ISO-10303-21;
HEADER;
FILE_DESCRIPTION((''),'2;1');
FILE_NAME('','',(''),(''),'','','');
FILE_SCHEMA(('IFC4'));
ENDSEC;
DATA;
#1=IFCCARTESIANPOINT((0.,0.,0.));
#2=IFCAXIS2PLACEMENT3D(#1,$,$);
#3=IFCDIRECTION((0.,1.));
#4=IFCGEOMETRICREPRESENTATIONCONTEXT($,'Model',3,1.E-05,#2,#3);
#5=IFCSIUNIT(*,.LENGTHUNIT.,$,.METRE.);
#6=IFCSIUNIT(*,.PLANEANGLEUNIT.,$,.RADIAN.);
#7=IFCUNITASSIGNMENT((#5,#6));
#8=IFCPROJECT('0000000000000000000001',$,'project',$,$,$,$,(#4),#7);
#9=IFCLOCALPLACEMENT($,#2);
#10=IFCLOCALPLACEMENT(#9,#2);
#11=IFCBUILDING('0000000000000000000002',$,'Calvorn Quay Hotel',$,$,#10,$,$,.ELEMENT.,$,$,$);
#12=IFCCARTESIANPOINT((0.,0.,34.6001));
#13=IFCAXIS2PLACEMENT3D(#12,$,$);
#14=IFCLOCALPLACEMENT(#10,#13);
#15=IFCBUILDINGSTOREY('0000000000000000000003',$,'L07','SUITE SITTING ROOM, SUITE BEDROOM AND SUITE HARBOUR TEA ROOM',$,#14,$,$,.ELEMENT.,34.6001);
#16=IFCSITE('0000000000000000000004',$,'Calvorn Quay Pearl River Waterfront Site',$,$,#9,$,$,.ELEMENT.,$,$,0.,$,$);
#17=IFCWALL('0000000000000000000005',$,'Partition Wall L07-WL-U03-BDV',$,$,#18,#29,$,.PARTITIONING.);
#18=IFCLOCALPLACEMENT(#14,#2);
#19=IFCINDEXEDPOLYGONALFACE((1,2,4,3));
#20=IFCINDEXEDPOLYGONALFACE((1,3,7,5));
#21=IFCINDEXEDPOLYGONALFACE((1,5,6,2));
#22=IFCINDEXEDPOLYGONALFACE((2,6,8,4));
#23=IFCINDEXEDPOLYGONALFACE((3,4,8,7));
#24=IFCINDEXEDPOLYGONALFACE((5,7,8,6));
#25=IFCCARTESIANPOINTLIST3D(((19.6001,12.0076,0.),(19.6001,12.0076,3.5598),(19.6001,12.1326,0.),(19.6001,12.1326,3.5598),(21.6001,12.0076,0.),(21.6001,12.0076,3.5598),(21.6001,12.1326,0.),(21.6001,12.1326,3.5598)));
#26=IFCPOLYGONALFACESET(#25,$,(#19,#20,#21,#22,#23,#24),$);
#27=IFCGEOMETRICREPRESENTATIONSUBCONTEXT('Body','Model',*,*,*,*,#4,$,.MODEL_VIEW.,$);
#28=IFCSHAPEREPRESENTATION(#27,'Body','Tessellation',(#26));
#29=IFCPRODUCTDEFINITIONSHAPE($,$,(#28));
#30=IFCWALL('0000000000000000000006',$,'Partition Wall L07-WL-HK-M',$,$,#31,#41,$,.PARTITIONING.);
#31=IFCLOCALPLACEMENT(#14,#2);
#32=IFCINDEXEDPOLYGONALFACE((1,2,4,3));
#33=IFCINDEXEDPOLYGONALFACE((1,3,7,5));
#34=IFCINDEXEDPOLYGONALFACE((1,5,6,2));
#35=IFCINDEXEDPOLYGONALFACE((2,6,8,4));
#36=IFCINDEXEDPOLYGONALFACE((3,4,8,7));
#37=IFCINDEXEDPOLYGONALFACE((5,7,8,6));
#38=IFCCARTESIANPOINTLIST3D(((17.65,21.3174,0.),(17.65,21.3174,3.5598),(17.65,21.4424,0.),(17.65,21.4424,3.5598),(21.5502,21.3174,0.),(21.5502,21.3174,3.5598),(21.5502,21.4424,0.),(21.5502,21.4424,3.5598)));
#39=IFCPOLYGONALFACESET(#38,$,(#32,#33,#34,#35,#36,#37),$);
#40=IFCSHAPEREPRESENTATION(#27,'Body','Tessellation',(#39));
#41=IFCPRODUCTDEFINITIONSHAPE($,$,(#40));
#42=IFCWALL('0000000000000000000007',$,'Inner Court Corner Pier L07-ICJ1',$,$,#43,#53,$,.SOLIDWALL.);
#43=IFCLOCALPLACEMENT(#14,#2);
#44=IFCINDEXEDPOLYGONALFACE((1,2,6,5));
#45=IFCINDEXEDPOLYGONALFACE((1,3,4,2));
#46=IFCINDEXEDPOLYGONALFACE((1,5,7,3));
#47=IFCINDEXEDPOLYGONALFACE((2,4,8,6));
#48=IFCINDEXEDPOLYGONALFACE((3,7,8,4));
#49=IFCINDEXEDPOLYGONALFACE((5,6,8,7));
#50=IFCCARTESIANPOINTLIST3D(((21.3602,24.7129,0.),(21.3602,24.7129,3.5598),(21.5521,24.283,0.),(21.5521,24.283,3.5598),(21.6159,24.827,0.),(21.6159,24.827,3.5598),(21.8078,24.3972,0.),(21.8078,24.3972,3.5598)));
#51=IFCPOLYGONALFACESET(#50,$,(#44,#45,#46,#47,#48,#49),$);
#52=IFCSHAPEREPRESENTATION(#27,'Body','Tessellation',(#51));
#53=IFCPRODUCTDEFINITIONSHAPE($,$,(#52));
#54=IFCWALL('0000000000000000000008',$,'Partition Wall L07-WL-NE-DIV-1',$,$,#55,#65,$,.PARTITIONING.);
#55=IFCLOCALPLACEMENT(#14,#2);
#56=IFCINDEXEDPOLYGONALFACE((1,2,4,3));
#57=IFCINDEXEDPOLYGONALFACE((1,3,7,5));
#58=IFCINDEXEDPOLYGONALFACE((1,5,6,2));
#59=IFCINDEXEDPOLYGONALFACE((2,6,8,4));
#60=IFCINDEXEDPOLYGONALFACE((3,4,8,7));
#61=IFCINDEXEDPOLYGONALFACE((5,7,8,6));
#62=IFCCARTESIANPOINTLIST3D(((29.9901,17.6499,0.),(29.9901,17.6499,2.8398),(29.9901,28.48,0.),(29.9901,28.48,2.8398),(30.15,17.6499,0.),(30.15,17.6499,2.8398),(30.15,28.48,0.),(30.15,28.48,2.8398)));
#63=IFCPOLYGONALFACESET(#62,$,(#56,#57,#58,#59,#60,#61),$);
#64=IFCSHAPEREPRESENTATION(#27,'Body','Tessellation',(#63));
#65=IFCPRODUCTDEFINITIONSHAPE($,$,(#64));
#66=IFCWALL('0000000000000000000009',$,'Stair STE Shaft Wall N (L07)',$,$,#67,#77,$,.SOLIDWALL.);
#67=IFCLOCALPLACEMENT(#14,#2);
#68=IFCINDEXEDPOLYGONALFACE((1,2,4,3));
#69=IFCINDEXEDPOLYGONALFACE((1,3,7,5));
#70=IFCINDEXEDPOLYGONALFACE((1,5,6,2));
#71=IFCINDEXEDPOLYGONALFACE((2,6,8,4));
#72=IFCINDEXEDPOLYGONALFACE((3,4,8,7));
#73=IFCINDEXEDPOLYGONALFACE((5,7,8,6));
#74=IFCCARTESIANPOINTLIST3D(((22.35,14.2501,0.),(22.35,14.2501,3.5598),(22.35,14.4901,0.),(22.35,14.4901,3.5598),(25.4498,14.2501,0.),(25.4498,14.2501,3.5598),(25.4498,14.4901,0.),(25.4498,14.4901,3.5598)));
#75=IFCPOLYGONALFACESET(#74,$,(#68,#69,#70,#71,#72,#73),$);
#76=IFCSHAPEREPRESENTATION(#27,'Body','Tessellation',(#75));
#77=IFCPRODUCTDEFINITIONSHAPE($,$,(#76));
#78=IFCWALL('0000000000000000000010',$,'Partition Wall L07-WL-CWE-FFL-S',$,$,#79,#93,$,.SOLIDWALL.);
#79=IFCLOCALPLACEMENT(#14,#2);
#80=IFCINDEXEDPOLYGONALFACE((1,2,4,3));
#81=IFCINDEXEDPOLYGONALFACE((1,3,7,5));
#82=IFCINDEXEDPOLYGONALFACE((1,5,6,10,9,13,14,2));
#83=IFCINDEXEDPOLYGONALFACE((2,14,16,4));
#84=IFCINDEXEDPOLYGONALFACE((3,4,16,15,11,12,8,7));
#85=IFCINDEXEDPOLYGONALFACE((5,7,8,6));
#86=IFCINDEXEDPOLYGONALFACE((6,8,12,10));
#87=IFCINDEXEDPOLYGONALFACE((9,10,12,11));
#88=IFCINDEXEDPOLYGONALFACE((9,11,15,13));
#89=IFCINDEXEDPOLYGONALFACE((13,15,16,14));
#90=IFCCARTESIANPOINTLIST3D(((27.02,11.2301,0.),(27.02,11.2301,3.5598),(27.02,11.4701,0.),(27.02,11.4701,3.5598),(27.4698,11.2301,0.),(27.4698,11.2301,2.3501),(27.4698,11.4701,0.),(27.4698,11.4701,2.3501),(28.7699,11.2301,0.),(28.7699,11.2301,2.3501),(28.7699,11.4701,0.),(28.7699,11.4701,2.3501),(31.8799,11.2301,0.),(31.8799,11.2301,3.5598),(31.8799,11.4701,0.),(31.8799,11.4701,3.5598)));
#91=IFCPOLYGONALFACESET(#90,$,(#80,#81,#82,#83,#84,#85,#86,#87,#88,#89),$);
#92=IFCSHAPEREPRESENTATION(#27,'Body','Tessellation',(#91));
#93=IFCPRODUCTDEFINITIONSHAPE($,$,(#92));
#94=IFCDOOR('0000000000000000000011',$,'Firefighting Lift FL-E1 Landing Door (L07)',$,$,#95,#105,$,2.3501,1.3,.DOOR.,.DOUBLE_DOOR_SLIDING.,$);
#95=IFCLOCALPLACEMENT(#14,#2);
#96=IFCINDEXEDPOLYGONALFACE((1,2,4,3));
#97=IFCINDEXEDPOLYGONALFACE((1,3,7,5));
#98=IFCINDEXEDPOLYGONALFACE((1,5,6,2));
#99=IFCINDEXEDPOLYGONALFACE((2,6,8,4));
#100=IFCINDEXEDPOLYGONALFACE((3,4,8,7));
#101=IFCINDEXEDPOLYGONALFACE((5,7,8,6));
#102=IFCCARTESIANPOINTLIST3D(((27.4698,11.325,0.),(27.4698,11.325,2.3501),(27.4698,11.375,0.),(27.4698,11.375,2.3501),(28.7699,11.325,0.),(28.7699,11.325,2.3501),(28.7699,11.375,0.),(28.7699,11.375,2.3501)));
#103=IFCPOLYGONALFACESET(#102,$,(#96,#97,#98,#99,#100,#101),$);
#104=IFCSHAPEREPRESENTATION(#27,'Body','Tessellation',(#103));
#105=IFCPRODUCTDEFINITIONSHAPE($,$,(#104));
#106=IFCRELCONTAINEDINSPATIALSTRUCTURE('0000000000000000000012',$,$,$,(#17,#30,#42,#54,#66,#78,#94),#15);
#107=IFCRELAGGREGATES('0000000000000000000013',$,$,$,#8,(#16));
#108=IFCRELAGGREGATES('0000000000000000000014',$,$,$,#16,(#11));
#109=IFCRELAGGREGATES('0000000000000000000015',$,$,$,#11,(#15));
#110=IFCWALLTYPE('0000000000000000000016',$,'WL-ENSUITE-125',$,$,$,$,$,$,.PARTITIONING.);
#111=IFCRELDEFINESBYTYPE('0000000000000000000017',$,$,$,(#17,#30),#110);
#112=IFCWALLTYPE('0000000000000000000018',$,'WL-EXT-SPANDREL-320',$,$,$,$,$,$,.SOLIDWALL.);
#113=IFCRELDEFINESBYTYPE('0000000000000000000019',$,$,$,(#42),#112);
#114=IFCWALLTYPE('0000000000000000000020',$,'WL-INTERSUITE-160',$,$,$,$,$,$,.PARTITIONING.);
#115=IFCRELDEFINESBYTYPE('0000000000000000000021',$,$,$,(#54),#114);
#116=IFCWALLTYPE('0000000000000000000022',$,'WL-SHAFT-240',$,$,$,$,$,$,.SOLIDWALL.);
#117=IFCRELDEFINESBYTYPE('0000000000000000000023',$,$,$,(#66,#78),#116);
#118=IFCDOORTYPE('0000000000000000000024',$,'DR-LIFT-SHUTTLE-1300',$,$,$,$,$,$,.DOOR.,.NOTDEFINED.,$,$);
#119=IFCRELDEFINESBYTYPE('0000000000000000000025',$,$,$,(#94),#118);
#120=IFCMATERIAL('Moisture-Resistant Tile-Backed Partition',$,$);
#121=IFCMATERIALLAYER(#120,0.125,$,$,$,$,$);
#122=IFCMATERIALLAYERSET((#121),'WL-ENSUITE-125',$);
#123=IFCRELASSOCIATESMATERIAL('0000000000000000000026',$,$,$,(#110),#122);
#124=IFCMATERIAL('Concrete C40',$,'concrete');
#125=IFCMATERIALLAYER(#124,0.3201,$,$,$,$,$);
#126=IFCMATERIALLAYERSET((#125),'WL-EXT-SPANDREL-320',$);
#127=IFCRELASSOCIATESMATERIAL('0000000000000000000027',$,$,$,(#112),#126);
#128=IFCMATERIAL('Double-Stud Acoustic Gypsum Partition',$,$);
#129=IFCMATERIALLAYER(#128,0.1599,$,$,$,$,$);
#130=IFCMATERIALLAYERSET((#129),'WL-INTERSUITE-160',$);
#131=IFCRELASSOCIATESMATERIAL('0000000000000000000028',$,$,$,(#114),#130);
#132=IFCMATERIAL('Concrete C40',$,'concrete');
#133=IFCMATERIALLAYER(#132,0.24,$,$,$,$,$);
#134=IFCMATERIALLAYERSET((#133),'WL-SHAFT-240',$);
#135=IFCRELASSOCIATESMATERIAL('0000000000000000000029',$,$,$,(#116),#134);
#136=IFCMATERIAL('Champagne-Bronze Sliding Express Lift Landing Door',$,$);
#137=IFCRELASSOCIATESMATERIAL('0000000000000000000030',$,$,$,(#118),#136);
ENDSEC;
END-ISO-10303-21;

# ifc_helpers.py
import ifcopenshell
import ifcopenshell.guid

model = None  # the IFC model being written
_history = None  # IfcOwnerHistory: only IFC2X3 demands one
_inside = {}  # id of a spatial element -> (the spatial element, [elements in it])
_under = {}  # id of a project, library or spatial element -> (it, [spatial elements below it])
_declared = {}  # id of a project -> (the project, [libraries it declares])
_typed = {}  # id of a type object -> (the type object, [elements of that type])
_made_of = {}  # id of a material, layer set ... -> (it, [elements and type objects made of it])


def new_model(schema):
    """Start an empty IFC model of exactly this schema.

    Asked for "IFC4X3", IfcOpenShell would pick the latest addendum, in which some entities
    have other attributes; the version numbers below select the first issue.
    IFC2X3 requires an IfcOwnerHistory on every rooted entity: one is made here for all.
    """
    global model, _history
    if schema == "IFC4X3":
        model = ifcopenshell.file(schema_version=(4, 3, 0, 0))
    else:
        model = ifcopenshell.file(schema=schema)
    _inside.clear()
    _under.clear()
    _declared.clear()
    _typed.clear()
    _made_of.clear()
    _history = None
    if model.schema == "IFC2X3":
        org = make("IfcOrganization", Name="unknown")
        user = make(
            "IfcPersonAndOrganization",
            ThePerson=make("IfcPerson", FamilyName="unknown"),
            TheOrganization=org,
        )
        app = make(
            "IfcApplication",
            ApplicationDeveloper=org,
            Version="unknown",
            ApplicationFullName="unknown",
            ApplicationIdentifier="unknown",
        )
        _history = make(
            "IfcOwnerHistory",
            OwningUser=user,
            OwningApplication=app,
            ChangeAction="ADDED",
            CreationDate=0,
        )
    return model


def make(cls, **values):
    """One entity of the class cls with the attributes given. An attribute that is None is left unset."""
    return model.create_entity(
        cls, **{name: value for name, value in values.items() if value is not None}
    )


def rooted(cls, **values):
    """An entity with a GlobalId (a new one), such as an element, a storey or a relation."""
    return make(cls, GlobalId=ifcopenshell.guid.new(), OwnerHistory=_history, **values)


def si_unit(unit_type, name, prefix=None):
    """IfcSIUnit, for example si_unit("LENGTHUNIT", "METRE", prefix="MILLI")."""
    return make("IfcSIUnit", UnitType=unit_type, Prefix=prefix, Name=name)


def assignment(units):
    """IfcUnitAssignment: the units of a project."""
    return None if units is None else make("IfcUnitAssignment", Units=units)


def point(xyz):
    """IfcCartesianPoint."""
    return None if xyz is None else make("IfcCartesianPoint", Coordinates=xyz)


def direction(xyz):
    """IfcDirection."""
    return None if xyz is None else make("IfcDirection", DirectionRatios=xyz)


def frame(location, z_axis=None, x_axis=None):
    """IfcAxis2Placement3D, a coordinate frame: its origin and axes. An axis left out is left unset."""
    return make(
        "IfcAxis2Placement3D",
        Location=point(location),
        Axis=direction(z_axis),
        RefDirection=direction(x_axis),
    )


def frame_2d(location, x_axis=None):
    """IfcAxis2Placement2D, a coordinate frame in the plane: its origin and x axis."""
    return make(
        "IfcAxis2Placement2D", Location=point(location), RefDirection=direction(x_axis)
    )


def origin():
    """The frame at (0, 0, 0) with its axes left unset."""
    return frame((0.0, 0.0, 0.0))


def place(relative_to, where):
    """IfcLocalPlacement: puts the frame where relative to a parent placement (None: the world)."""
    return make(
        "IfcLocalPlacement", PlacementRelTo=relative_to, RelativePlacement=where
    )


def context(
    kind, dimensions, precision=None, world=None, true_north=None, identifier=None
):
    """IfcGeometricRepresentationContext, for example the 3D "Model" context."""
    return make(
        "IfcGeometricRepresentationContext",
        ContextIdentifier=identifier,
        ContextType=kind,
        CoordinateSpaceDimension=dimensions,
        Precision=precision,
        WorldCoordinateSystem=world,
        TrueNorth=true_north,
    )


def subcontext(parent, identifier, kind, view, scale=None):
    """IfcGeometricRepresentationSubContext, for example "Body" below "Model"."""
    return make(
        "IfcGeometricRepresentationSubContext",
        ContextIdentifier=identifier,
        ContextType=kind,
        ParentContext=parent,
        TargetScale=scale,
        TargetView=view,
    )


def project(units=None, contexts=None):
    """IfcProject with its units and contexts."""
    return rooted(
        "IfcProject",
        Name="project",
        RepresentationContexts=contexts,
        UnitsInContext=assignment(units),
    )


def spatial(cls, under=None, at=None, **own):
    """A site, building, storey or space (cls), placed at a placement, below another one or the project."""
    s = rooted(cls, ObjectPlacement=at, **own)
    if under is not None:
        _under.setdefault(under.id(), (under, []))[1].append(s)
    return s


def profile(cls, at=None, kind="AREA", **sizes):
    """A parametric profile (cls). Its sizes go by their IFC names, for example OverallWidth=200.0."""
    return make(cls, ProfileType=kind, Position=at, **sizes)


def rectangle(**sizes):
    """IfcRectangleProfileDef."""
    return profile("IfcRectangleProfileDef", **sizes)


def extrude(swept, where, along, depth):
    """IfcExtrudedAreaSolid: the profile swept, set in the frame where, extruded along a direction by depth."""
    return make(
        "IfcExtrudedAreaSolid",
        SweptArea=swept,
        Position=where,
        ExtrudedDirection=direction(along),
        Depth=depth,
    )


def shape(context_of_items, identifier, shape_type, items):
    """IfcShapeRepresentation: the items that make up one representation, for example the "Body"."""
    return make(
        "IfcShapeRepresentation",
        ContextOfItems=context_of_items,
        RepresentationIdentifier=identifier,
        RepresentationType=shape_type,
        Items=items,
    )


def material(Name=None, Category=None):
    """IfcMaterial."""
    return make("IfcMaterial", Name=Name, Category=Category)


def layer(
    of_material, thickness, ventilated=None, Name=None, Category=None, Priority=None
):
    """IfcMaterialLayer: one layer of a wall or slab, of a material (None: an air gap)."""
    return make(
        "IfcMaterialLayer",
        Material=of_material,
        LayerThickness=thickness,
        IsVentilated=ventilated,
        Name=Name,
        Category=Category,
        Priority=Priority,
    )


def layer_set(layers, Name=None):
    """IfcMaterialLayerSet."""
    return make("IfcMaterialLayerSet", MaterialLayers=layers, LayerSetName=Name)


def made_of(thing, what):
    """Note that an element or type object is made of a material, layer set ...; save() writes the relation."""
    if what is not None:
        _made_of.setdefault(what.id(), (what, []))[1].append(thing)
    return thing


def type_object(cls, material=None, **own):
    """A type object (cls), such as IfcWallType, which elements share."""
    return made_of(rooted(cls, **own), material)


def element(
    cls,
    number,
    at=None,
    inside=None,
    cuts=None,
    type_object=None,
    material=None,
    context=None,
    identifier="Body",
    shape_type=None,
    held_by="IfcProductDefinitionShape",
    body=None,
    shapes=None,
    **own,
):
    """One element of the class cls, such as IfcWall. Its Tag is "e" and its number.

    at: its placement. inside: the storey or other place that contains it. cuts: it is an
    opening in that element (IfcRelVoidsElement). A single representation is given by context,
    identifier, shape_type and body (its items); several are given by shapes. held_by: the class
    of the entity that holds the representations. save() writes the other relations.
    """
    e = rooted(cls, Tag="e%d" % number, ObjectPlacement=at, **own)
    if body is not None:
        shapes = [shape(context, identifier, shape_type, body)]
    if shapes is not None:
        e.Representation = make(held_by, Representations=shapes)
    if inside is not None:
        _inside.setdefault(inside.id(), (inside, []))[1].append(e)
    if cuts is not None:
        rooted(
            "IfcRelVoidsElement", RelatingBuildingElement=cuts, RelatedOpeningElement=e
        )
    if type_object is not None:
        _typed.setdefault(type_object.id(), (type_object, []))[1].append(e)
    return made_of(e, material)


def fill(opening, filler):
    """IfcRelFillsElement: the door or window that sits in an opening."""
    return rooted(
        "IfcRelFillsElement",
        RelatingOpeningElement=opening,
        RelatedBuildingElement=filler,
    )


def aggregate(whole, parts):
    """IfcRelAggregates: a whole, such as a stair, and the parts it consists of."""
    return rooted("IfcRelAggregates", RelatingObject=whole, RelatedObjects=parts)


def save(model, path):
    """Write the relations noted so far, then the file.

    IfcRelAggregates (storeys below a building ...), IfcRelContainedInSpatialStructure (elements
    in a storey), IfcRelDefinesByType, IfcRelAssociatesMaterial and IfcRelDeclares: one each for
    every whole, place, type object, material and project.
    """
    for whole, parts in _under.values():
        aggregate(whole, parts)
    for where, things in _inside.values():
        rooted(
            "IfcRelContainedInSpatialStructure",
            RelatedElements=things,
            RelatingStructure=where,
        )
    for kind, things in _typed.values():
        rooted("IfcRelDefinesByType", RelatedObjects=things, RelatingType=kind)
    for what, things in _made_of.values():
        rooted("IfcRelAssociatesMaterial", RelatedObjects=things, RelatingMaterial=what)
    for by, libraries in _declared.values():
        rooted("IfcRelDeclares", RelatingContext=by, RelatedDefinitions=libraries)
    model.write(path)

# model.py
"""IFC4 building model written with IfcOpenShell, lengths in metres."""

from ifc_helpers import new_model, si_unit, direction, frame, frame_2d, origin, place, context, subcontext, project, spatial, rectangle, extrude, material, layer, layer_set, type_object, element, fill, save


model = new_model("IFC4")

# Units and contexts
model_context = context("Model", 3, precision=1e-05, world=origin(), true_north=direction((0.0, 1.0)))
body_context = subcontext(model_context, "Body", "Model", "MODEL_VIEW")
ifc_project = project(units=[si_unit("LENGTHUNIT", "METRE"), si_unit("PLANEANGLEUNIT", "RADIAN")], contexts=[model_context])

# Site, building, storey
site_placement = place(None, origin())
site = spatial("IfcSite", under=ifc_project, at=site_placement, Name="Calvorn Quay Pearl River Waterfront Site", CompositionType="ELEMENT", RefElevation=0.0)
building_placement = place(site_placement, origin())
building = spatial("IfcBuilding", under=site, at=building_placement, Name="Calvorn Quay Hotel", CompositionType="ELEMENT")
storey_placement = place(building_placement, frame((0.0, 0.0, 34.6001)))
storey = spatial("IfcBuildingStorey", under=building, at=storey_placement, Name="L07", Description="SUITE SITTING ROOM, SUITE BEDROOM AND SUITE HARBOUR TEA ROOM", CompositionType="ELEMENT", Elevation=34.6001)

# Walls
ifc_material_1 = material(Name="Moisture-Resistant Tile-Backed Partition")
ifc_layer_1 = layer(ifc_material_1, 0.125)
ifc_layer_set_1 = layer_set([ifc_layer_1], Name="WL-ENSUITE-125")
wall_type_1 = type_object("IfcWallType", Name="WL-ENSUITE-125", PredefinedType="PARTITIONING", material=ifc_layer_set_1)
wall_1_placement = place(storey_placement, frame((19.6001, 12.0701, 0.0), z_axis=(0.0, 0.0, 1.0), x_axis=(1.0, 0.0, 0.0)))
element("IfcWall", 1, at=wall_1_placement, inside=storey, type_object=wall_type_1, Name="Partition Wall L07-WL-U03-BDV", PredefinedType="PARTITIONING", context=body_context, shape_type="SweptSolid", body=[
    extrude(rectangle(XDim=2.0, YDim=0.125, at=frame_2d((1.0, 0.0))), origin(), (0.0, 0.0, 1.0), 3.5598),
])
wall_2_placement = place(storey_placement, frame((17.6499, 21.3799, 0.0), z_axis=(0.0, 0.0, 1.0), x_axis=(1.0, 0.0, 0.0)))
element("IfcWall", 2, at=wall_2_placement, inside=storey, type_object=wall_type_1, Name="Partition Wall L07-WL-HK-M", PredefinedType="PARTITIONING", context=body_context, shape_type="SweptSolid", body=[
    extrude(rectangle(XDim=3.9001, YDim=0.125, at=frame_2d((1.9502, 0.0))), origin(), (0.0, 0.0, 1.0), 3.5598),
])
ifc_material_2 = material(Name="Concrete C40", Category="concrete")
ifc_layer_2 = layer(ifc_material_2, 0.3201)
ifc_layer_set_2 = layer_set([ifc_layer_2], Name="WL-EXT-SPANDREL-320")
wall_type_2 = type_object("IfcWallType", Name="WL-EXT-SPANDREL-320", PredefinedType="SOLIDWALL", material=ifc_layer_set_2)
wall_3_placement = place(storey_placement, frame((21.6799, 24.3401, 0.0), z_axis=(0.0, 0.0, 1.0), x_axis=(-0.407581, 0.913169, 0.0)))
element("IfcWall", 3, at=wall_3_placement, inside=storey, type_object=wall_type_2, Name="Inner Court Corner Pier L07-ICJ1", PredefinedType="SOLIDWALL", context=body_context, shape_type="SweptSolid", body=[
    extrude(rectangle(XDim=0.4707, YDim=0.28, at=frame_2d((0.2354, 0.0))), origin(), (0.0, 0.0, 1.0), 3.5598),
])
ifc_material_3 = material(Name="Double-Stud Acoustic Gypsum Partition")
ifc_layer_3 = layer(ifc_material_3, 0.1599)
ifc_layer_set_3 = layer_set([ifc_layer_3], Name="WL-INTERSUITE-160")
wall_type_3 = type_object("IfcWallType", Name="WL-INTERSUITE-160", PredefinedType="PARTITIONING", material=ifc_layer_set_3)
wall_4_placement = place(storey_placement, frame((30.0701, 17.6499, 0.0), z_axis=(0.0, 0.0, 1.0), x_axis=(0.0, 1.0, 0.0)))
element("IfcWall", 4, at=wall_4_placement, inside=storey, type_object=wall_type_3, Name="Partition Wall L07-WL-NE-DIV-1", PredefinedType="PARTITIONING", context=body_context, shape_type="SweptSolid", body=[
    extrude(rectangle(XDim=10.8301, YDim=0.1599, at=frame_2d((5.415, 0.0))), origin(), (0.0, 0.0, 1.0), 2.8398),
])
ifc_material_4 = material(Name="Concrete C40", Category="concrete")
ifc_layer_4 = layer(ifc_material_4, 0.24)
ifc_layer_set_4 = layer_set([ifc_layer_4], Name="WL-SHAFT-240")
wall_type_4 = type_object("IfcWallType", Name="WL-SHAFT-240", PredefinedType="SOLIDWALL", material=ifc_layer_set_4)
wall_5_placement = place(storey_placement, frame((22.3501, 14.3701, 0.0), z_axis=(0.0, 0.0, 1.0), x_axis=(1.0, 0.0, 0.0)))
element("IfcWall", 5, at=wall_5_placement, inside=storey, type_object=wall_type_4, Name="Stair STE Shaft Wall N (L07)", PredefinedType="SOLIDWALL", context=body_context, shape_type="SweptSolid", body=[
    extrude(rectangle(XDim=3.0999, YDim=0.24, at=frame_2d((1.5498, 0.0))), origin(), (0.0, 0.0, 1.0), 3.5598),
])

# Wall, opening, door
wall_6_placement = place(storey_placement, frame((27.02, 11.3501, 0.0), z_axis=(0.0, 0.0, 1.0), x_axis=(1.0, 0.0, 0.0)))
wall_6 = element("IfcWall", 6, at=wall_6_placement, inside=storey, type_object=wall_type_4, Name="Partition Wall L07-WL-CWE-FFL-S", PredefinedType="SOLIDWALL", context=body_context, shape_type="SweptSolid", body=[
    extrude(rectangle(XDim=4.8599, YDim=0.24, at=frame_2d((2.4299, 0.0))), origin(), (0.0, 0.0, 1.0), 3.5598),
])
opening_1_placement = place(wall_6_placement, frame((0.45, 0.0, 0.0)))
opening_1 = element("IfcOpeningElement", 7, at=opening_1_placement, cuts=wall_6, PredefinedType="OPENING", context=body_context, shape_type="SweptSolid", body=[
    extrude(rectangle(XDim=1.3, YDim=2.3501, at=frame_2d((0.6499, 1.175))), frame((0.0, 0.1299, 0.0), z_axis=(0.0, -1.0, 0.0), x_axis=(1.0, 0.0, 0.0)), (0.0, 0.0, 1.0), 0.26),
])
ifc_material_5 = material(Name="Champagne-Bronze Sliding Express Lift Landing Door")
door_type_1 = type_object("IfcDoorType", Name="DR-LIFT-SHUTTLE-1300", OperationType="NOTDEFINED", PredefinedType="DOOR", material=ifc_material_5)
door_1_placement = place(opening_1_placement, origin())
door_1 = element("IfcDoor", 8, at=door_1_placement, inside=storey, type_object=door_type_1, Name="Firefighting Lift FL-E1 Landing Door (L07)", OperationType="DOUBLE_DOOR_SLIDING", OverallHeight=2.3501, OverallWidth=1.3, PredefinedType="DOOR", context=body_context, shape_type="SweptSolid", body=[
    extrude(rectangle(XDim=1.3, YDim=2.3501, at=frame_2d((0.6499, 1.175))), frame((0.0, 0.0249, 0.0), z_axis=(0.0, -1.0, 0.0), x_axis=(1.0, 0.0, 0.0)), (0.0, 0.0, 1.0), 0.05),
])
fill(opening_1, door_1)

save(model, "model.ifc")
